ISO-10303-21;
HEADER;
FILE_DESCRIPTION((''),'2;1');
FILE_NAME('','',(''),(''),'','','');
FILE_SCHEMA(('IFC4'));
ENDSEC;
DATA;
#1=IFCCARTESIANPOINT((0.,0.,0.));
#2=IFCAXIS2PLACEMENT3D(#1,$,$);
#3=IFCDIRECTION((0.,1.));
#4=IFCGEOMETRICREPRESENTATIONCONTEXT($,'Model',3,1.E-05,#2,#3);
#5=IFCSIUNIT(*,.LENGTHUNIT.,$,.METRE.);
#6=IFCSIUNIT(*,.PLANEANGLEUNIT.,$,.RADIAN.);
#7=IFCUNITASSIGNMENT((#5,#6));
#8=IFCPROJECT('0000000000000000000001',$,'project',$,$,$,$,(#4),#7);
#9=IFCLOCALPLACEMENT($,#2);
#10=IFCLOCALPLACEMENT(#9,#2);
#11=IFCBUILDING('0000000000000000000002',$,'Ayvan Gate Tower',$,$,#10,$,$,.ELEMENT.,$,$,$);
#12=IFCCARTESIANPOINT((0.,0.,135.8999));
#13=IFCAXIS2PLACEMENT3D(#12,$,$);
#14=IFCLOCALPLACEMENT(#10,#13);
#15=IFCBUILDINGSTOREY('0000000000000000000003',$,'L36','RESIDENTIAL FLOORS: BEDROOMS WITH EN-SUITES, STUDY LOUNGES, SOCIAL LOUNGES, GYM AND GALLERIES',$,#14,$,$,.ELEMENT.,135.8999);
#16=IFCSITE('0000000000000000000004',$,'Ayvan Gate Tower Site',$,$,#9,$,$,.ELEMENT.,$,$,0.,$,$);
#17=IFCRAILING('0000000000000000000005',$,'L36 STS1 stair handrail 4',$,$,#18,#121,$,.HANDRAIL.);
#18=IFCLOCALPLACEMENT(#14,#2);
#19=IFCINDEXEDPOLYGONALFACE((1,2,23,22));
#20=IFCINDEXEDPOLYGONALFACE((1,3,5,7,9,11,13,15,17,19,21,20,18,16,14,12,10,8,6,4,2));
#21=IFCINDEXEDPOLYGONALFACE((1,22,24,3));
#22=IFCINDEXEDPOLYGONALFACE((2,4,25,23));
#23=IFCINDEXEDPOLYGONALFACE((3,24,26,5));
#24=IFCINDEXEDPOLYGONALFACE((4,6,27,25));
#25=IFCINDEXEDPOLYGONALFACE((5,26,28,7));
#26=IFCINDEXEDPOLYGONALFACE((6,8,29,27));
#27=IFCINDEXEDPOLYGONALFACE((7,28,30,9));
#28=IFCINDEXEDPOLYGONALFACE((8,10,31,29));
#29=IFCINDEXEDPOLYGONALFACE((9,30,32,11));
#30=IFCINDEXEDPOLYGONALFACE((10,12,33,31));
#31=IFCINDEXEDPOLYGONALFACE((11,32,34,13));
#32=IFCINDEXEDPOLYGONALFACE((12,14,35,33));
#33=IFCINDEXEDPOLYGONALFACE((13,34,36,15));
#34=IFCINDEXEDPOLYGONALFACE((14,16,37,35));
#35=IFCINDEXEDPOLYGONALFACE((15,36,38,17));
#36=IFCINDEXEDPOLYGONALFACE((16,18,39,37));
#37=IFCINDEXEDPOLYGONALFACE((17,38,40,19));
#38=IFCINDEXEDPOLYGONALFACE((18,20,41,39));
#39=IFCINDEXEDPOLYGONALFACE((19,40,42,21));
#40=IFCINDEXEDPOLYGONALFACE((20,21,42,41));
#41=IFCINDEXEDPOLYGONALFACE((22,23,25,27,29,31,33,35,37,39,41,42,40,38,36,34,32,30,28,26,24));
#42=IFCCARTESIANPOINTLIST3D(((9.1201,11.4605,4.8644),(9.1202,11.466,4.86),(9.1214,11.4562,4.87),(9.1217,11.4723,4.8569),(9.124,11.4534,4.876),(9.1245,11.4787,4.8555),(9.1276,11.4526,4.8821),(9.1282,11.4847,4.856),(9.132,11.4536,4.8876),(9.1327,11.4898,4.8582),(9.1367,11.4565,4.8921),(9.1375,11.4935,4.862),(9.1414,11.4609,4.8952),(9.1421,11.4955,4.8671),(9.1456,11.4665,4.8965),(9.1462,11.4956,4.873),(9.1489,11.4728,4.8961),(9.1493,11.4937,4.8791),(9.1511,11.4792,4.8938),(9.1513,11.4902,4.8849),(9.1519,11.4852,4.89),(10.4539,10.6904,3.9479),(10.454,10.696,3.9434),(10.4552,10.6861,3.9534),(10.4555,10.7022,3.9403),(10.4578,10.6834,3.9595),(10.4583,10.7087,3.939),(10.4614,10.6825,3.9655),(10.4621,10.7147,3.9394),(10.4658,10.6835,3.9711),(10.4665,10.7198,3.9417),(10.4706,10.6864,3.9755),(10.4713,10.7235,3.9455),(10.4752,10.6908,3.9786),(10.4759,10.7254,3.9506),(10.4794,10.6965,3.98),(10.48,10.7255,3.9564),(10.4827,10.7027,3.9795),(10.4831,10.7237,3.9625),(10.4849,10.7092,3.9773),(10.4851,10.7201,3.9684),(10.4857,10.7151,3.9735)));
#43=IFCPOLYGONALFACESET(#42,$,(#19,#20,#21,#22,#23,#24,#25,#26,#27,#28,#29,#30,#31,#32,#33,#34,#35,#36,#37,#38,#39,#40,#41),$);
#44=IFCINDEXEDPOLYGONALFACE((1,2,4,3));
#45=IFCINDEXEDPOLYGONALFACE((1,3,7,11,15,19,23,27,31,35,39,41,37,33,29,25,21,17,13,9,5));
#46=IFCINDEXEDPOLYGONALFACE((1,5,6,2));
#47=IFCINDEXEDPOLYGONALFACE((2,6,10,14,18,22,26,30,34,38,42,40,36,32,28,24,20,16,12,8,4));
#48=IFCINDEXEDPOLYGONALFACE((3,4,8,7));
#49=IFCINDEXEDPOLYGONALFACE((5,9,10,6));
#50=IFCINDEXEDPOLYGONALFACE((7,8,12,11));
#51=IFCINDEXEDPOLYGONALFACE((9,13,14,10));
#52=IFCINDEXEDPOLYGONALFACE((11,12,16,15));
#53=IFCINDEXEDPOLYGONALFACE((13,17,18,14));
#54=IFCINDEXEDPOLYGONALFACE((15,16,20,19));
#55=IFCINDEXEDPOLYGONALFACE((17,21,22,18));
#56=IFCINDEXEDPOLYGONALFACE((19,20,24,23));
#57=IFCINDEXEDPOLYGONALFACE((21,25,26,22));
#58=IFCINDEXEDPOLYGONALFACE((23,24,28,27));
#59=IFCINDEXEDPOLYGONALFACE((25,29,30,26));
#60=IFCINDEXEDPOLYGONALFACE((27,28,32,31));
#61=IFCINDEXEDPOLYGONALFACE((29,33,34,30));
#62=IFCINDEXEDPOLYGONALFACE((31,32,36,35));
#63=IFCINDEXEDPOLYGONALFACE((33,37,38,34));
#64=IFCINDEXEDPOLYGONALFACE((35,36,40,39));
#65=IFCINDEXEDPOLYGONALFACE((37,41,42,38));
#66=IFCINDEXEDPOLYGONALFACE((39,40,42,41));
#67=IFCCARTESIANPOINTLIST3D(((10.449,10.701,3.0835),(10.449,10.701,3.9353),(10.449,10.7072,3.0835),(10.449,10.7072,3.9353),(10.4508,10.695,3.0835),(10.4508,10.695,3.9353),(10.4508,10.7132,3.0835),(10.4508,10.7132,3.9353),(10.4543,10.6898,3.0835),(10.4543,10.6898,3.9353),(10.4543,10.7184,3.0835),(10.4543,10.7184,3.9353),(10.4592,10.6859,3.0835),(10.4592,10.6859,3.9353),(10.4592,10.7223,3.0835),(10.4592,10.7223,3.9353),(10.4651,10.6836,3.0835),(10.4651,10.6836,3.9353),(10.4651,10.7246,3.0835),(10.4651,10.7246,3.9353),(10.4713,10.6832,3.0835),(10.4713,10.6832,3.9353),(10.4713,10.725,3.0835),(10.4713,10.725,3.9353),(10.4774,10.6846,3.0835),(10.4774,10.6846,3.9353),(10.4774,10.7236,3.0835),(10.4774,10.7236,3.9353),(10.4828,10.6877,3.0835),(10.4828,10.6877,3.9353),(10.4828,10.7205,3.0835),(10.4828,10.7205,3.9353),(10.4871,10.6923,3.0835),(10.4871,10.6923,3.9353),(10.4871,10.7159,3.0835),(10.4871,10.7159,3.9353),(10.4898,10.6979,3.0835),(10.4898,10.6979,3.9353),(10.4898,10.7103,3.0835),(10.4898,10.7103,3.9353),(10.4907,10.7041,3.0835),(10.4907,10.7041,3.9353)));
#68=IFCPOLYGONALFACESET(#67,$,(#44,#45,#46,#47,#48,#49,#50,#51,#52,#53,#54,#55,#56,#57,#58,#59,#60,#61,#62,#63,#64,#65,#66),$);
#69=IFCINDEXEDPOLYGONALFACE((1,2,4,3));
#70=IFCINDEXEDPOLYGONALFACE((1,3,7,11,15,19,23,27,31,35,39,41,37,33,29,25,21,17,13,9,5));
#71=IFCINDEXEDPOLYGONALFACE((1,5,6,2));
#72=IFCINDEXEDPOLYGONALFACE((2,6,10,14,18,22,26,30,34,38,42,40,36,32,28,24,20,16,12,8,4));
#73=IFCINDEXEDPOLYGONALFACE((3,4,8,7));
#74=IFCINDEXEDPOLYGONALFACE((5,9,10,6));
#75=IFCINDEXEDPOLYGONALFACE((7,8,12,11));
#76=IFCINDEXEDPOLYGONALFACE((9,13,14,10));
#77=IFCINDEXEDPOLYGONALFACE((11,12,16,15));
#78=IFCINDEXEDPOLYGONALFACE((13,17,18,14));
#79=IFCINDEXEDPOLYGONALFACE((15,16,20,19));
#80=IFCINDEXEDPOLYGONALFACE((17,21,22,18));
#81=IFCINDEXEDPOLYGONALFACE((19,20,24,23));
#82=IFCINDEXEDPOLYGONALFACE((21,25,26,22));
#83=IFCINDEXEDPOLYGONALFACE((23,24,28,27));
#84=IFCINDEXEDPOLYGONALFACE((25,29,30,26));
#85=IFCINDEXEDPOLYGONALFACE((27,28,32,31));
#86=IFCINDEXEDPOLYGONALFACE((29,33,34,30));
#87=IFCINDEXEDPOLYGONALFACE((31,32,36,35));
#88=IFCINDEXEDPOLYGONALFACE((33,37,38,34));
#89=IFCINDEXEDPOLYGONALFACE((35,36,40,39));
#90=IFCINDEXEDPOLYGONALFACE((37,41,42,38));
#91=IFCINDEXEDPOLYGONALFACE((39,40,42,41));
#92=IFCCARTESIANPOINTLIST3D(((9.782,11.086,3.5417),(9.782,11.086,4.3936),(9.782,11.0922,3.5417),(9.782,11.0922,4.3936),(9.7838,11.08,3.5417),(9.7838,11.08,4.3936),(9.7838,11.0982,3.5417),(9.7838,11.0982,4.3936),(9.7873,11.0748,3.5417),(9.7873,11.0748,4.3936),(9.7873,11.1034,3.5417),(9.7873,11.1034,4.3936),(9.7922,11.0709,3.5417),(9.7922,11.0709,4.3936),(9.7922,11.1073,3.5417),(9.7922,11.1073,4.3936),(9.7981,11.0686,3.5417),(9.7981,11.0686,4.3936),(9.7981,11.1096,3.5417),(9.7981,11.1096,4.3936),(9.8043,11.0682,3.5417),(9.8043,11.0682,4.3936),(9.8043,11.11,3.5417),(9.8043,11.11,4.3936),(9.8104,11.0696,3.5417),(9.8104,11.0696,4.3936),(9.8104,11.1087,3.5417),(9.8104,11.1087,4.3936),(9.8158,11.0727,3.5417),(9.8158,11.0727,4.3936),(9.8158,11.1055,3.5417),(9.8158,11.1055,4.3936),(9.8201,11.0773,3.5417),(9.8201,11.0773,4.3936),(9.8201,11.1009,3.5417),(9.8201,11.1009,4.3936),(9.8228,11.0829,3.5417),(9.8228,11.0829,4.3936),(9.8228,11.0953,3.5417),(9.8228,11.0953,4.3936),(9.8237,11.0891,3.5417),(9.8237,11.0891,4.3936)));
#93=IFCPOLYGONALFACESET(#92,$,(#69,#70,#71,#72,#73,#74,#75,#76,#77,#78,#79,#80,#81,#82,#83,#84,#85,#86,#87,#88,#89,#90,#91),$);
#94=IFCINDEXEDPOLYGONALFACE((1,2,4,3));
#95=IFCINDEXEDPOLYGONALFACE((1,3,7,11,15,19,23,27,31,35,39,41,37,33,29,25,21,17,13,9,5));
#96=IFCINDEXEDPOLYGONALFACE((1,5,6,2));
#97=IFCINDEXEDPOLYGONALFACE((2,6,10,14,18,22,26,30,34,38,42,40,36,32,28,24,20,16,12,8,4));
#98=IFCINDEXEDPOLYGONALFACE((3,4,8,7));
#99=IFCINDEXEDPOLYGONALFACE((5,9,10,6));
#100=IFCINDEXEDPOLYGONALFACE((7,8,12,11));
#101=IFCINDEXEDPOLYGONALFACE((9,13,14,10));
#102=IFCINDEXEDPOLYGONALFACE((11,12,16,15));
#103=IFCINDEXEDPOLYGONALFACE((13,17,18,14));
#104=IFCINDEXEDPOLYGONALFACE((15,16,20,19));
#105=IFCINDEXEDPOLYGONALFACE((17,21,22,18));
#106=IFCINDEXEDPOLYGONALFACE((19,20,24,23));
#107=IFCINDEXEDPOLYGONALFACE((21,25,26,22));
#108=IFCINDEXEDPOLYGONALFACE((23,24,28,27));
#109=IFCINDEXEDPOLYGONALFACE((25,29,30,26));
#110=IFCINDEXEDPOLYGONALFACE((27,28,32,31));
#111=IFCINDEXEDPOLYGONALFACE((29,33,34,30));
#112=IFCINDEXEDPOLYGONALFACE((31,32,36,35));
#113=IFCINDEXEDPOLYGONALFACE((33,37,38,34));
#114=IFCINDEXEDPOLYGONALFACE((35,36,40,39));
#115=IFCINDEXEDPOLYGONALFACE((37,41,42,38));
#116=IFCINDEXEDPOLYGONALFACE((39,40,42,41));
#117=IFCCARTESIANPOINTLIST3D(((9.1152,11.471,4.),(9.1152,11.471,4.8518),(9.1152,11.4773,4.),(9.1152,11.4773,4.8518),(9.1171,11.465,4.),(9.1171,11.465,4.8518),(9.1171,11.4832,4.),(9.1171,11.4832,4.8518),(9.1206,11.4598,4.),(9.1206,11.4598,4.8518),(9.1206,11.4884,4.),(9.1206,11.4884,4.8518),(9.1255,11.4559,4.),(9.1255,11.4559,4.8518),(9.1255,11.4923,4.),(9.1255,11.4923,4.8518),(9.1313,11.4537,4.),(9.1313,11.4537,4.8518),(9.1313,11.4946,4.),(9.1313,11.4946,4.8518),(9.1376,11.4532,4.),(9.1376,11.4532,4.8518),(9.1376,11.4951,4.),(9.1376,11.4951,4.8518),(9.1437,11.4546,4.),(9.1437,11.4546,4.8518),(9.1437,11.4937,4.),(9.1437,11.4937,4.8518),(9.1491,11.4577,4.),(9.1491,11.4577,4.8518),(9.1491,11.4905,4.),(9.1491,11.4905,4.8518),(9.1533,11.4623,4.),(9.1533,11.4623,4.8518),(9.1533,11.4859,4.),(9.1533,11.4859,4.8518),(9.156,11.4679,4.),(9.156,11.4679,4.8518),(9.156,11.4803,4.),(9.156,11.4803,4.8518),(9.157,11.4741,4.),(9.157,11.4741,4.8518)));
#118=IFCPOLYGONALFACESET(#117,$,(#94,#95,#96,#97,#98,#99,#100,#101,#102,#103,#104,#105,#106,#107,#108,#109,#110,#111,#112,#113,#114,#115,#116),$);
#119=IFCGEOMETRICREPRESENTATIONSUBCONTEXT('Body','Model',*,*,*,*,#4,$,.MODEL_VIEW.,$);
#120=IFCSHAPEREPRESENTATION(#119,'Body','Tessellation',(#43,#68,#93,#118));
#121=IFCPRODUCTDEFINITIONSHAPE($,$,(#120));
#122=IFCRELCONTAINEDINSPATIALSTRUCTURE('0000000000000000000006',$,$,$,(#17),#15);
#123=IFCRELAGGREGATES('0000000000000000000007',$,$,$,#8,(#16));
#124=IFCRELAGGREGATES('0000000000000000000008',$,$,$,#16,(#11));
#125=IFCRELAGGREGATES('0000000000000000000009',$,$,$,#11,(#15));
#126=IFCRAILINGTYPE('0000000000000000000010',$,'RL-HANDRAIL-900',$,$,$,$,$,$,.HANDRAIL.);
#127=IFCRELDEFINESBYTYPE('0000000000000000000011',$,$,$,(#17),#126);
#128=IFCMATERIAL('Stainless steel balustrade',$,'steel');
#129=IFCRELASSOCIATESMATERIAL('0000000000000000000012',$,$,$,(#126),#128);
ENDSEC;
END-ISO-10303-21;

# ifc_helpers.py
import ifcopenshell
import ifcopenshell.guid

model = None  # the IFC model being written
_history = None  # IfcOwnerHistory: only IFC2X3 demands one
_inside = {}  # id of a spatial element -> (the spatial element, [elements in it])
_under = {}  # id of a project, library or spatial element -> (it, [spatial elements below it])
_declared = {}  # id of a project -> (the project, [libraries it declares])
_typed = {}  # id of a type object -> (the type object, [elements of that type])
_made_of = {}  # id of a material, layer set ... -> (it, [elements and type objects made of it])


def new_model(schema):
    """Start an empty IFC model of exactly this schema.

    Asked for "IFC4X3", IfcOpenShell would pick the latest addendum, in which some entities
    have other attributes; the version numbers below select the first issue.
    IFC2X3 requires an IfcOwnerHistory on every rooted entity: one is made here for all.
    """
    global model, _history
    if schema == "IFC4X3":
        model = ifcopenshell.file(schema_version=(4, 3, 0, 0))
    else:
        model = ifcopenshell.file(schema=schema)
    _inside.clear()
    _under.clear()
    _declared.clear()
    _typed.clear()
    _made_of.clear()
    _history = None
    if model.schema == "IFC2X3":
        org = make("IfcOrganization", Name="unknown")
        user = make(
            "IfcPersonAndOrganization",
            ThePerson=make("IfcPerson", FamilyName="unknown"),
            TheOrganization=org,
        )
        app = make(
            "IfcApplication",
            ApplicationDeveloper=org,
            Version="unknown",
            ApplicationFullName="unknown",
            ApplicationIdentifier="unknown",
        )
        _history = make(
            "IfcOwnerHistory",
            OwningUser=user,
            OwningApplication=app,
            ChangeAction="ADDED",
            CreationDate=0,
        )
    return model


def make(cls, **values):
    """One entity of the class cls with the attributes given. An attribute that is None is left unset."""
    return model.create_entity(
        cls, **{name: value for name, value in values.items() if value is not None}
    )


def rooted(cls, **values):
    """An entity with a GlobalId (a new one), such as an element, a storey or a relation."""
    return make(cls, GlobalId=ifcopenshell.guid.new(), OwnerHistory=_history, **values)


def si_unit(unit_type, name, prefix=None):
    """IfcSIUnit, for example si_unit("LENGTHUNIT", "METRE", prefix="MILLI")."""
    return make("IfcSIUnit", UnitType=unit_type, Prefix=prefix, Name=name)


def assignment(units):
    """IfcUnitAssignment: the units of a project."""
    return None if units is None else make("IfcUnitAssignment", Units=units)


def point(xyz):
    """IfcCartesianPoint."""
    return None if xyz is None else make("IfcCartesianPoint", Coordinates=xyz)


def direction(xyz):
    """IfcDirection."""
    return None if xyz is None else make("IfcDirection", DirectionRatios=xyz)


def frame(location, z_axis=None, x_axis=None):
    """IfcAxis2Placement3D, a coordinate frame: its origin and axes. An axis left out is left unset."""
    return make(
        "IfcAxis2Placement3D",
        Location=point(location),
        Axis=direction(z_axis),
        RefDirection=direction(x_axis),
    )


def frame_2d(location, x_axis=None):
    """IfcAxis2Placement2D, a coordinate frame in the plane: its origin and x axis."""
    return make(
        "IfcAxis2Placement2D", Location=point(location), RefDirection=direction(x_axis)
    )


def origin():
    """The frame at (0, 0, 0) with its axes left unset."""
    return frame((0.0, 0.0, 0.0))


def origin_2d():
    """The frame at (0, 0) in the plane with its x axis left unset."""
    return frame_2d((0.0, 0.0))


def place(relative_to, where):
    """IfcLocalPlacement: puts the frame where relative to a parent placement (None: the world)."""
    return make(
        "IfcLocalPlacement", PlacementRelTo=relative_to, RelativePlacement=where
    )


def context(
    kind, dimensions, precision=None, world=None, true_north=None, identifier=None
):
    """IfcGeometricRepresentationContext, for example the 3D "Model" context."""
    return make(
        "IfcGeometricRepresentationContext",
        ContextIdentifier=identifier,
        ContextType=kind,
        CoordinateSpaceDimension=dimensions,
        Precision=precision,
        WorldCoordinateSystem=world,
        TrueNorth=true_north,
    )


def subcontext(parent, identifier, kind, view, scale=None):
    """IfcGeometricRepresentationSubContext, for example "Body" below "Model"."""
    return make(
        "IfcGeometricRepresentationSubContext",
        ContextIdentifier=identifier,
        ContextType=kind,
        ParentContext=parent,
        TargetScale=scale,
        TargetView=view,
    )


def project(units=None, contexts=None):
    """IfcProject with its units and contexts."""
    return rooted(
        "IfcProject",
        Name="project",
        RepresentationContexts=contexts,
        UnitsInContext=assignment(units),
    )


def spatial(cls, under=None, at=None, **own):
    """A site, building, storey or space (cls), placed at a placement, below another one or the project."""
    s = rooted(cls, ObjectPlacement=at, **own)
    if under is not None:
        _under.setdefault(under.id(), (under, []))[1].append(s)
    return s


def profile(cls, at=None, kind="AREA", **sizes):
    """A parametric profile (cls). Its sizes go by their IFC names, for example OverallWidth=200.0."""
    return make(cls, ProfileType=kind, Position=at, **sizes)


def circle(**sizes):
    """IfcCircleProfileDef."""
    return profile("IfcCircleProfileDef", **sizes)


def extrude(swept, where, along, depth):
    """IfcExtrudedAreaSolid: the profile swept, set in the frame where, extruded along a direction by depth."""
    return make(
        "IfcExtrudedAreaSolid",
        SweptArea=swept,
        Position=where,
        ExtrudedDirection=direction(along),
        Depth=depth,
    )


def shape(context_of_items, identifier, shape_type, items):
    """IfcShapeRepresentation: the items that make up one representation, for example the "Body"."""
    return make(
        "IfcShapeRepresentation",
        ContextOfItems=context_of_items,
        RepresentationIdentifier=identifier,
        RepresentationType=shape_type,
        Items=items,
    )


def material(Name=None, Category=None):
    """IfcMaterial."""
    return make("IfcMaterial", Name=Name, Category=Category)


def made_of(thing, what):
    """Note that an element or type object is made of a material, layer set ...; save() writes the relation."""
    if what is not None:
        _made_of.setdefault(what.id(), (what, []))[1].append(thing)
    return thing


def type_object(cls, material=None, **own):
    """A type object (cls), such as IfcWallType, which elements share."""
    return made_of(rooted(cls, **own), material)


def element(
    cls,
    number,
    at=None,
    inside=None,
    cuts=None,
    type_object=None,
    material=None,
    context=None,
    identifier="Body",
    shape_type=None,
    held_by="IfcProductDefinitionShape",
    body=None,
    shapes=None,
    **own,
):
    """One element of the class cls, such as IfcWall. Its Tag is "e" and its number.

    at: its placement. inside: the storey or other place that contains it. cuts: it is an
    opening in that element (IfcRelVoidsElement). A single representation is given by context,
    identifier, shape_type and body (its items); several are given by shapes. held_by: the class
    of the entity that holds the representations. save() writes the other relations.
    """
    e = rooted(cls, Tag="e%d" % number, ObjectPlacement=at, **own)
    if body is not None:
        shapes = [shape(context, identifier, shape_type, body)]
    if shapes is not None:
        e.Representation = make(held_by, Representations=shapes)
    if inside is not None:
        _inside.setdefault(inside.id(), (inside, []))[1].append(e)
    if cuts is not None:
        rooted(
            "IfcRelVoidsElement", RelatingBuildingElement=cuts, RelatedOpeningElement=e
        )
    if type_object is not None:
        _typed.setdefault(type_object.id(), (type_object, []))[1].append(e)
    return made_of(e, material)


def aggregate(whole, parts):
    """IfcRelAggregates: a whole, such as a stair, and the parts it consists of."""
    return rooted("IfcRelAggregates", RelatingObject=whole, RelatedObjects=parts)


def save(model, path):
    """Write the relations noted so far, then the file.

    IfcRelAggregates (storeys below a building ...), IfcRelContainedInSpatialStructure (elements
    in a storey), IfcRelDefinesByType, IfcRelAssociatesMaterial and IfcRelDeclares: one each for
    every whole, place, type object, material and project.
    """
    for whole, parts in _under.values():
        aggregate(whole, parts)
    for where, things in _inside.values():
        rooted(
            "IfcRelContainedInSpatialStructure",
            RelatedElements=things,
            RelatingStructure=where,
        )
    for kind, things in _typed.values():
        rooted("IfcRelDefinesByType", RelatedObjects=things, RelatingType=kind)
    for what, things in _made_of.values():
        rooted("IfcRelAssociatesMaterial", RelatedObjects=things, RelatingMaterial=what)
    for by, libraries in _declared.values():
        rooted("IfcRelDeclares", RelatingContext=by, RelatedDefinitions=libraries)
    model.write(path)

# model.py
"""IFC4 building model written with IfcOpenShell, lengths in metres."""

from ifc_helpers import new_model, si_unit, direction, frame, origin, origin_2d, place, context, subcontext, project, spatial, circle, extrude, material, type_object, element, save


model = new_model("IFC4")

# Units and contexts
model_context = context("Model", 3, precision=1e-05, world=origin(), true_north=direction((0.0, 1.0)))
body_context = subcontext(model_context, "Body", "Model", "MODEL_VIEW")
ifc_project = project(units=[si_unit("LENGTHUNIT", "METRE"), si_unit("PLANEANGLEUNIT", "RADIAN")], contexts=[model_context])

# Site, building, storey
site_placement = place(None, origin())
site = spatial("IfcSite", under=ifc_project, at=site_placement, Name="Ayvan Gate Tower Site", CompositionType="ELEMENT", RefElevation=0.0)
building_placement = place(site_placement, origin())
building = spatial("IfcBuilding", under=site, at=building_placement, Name="Ayvan Gate Tower", CompositionType="ELEMENT")
storey_placement = place(building_placement, frame((0.0, 0.0, 135.8999)))
storey = spatial("IfcBuildingStorey", under=building, at=storey_placement, Name="L36", Description="RESIDENTIAL FLOORS: BEDROOMS WITH EN-SUITES, STUDY LOUNGES, SOCIAL LOUNGES, GYM AND GALLERIES", CompositionType="ELEMENT", Elevation=135.8999)

# Railing
ifc_material_1 = material(Name="Stainless steel balustrade", Category="steel")
railing_type_1 = type_object("IfcRailingType", Name="RL-HANDRAIL-900", PredefinedType="HANDRAIL", material=ifc_material_1)
railing_1_placement = place(storey_placement, frame((10.4697, 10.7041, 3.0835)))
element("IfcRailing", 1, at=railing_1_placement, inside=storey, type_object=railing_type_1, Name="L36 STS1 stair handrail 4", PredefinedType="HANDRAIL", context=body_context, shape_type="SweptSolid", body=[
    extrude(circle(Radius=0.0239, at=origin_2d()), frame((0.0, 0.0, 0.876), z_axis=(-0.744216, 0.429664, 0.511401), x_axis=(-0.499992, -0.86603, 0.0)), (0.0, 0.0, 1.0), 1.7922),
    extrude(circle(Radius=0.021, at=origin_2d()), origin(), (0.0, 0.0, 1.0), 0.8518),
    extrude(circle(Radius=0.021, at=origin_2d()), frame((-0.667, 0.385, 0.4583)), (0.0, 0.0, 1.0), 0.8518),
    extrude(circle(Radius=0.021, at=origin_2d()), frame((-1.3337, 0.77, 0.9165)), (0.0, 0.0, 1.0), 0.8518),
])

save(model, "model.ifc")
